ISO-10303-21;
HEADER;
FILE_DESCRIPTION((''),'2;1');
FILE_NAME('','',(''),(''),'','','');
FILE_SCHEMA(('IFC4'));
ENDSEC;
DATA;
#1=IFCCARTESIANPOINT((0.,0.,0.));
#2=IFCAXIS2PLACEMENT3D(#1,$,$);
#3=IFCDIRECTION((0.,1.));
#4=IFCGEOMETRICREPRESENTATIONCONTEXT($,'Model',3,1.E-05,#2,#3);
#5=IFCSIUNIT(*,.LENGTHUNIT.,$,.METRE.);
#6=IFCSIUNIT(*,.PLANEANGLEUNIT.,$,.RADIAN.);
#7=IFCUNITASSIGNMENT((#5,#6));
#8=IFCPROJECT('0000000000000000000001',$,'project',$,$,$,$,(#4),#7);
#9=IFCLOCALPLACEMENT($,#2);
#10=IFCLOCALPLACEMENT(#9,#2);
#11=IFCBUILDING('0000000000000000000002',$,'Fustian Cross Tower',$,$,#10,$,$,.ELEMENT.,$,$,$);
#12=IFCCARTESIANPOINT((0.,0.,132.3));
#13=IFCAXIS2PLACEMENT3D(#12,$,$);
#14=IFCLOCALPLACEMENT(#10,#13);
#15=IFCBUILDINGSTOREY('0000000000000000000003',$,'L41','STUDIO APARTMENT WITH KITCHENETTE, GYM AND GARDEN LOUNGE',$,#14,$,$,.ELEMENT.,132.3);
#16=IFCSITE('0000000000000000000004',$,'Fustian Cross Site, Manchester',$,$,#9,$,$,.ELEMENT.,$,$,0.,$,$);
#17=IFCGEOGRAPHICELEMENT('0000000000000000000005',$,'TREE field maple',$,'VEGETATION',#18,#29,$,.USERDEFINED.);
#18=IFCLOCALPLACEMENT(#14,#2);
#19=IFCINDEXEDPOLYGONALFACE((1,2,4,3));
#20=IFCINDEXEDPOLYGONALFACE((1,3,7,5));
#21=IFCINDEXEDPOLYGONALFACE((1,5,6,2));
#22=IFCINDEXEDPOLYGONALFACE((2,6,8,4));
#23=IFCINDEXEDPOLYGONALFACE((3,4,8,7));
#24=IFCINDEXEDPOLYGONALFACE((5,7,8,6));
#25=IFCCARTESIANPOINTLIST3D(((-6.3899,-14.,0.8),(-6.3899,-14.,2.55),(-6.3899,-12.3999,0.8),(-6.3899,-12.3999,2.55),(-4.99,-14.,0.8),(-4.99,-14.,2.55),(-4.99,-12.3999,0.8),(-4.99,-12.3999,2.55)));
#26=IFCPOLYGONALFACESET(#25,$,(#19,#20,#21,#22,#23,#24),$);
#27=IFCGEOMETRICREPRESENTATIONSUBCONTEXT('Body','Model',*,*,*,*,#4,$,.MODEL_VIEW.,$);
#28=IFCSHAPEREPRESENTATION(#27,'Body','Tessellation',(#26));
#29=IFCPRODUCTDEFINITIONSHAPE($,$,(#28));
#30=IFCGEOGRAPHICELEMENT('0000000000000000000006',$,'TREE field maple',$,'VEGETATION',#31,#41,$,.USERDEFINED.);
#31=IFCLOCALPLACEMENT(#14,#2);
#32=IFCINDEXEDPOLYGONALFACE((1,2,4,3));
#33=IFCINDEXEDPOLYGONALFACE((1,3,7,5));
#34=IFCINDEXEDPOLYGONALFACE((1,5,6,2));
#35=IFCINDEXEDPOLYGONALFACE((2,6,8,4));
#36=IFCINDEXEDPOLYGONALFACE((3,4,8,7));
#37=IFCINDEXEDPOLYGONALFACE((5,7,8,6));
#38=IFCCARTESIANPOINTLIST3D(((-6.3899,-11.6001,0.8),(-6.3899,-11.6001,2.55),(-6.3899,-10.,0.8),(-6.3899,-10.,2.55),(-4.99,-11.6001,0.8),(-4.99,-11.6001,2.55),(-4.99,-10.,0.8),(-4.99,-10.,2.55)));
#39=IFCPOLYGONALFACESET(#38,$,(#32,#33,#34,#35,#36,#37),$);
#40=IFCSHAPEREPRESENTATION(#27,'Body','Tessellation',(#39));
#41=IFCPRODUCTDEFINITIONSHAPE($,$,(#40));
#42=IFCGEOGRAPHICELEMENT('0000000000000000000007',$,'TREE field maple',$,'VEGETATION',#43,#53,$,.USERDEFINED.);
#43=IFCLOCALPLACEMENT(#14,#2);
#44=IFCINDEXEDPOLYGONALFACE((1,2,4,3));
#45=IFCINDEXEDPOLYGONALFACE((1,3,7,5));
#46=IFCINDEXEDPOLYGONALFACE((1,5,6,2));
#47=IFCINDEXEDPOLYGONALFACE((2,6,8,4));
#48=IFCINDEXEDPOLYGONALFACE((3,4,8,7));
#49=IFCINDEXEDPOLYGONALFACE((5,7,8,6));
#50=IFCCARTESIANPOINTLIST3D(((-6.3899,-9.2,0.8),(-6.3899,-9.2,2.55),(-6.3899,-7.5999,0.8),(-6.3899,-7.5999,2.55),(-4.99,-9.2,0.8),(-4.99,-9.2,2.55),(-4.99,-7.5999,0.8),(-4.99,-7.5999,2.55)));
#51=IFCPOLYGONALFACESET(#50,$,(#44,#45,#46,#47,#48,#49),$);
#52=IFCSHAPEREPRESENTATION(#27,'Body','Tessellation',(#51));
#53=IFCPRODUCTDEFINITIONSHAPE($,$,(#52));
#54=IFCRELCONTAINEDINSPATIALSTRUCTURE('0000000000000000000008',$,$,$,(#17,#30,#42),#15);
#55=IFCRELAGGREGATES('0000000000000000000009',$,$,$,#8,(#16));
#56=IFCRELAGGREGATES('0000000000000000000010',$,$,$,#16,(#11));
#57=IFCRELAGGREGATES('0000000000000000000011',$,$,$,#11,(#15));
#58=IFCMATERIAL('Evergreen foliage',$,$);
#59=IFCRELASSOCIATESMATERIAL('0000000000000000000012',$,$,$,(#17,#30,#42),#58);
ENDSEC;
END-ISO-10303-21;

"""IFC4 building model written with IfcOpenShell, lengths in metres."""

from ifc_helpers import new_model, si_unit, direction, frame, origin, origin_2d, place, context, subcontext, project, spatial, rectangle, extrude, material, element, save


model = new_model("IFC4")

# Units and contexts
model_context = context("Model", 3, precision=1e-05, world=origin(), true_north=direction((0.0, 1.0)))
body_context = subcontext(model_context, "Body", "Model", "MODEL_VIEW")
ifc_project = project(units=[si_unit("LENGTHUNIT", "METRE"), si_unit("PLANEANGLEUNIT", "RADIAN")], contexts=[model_context])

# Site, building, storey
site_placement = place(None, origin())
site = spatial("IfcSite", under=ifc_project, at=site_placement, Name="Fustian Cross Site, Manchester", CompositionType="ELEMENT", RefElevation=0.0)
building_placement = place(site_placement, origin())
building = spatial("IfcBuilding", under=site, at=building_placement, Name="Fustian Cross Tower", CompositionType="ELEMENT")
storey_placement = place(building_placement, frame((0.0, 0.0, 132.3)))
storey = spatial("IfcBuildingStorey", under=building, at=storey_placement, Name="L41", Description="STUDIO APARTMENT WITH KITCHENETTE, GYM AND GARDEN LOUNGE", CompositionType="ELEMENT", Elevation=132.3)

# Geographic elements
ifc_material_1 = material(Name="Evergreen foliage")
for number, where, z_axis, x_axis, name in (
    (1, (-5.6899, -13.2, 0.8), (0.0, 0.0, 1.0), (1.0, 0.0, 0.0), "TREE field maple"),
    (2, (-5.6899, -10.8, 0.8), (0.0, 0.0, 1.0), (1.0, 0.0, 0.0), "TREE field maple"),
    (3, (-5.6899, -8.3999, 0.8), (0.0, 0.0, 1.0), (1.0, 0.0, 0.0), "TREE field maple"),
):
    element("IfcGeographicElement", number, at=place(storey_placement, frame(where, z_axis=z_axis, x_axis=x_axis)), inside=storey, material=ifc_material_1, Name=name, ObjectType="VEGETATION", PredefinedType="USERDEFINED", context=body_context, shape_type="SweptSolid", body=[
        extrude(rectangle(XDim=1.3999, YDim=1.6001, at=origin_2d()), origin(), (0.0, 0.0, 1.0), 1.75),
    ])

save(model, "model.ifc")
